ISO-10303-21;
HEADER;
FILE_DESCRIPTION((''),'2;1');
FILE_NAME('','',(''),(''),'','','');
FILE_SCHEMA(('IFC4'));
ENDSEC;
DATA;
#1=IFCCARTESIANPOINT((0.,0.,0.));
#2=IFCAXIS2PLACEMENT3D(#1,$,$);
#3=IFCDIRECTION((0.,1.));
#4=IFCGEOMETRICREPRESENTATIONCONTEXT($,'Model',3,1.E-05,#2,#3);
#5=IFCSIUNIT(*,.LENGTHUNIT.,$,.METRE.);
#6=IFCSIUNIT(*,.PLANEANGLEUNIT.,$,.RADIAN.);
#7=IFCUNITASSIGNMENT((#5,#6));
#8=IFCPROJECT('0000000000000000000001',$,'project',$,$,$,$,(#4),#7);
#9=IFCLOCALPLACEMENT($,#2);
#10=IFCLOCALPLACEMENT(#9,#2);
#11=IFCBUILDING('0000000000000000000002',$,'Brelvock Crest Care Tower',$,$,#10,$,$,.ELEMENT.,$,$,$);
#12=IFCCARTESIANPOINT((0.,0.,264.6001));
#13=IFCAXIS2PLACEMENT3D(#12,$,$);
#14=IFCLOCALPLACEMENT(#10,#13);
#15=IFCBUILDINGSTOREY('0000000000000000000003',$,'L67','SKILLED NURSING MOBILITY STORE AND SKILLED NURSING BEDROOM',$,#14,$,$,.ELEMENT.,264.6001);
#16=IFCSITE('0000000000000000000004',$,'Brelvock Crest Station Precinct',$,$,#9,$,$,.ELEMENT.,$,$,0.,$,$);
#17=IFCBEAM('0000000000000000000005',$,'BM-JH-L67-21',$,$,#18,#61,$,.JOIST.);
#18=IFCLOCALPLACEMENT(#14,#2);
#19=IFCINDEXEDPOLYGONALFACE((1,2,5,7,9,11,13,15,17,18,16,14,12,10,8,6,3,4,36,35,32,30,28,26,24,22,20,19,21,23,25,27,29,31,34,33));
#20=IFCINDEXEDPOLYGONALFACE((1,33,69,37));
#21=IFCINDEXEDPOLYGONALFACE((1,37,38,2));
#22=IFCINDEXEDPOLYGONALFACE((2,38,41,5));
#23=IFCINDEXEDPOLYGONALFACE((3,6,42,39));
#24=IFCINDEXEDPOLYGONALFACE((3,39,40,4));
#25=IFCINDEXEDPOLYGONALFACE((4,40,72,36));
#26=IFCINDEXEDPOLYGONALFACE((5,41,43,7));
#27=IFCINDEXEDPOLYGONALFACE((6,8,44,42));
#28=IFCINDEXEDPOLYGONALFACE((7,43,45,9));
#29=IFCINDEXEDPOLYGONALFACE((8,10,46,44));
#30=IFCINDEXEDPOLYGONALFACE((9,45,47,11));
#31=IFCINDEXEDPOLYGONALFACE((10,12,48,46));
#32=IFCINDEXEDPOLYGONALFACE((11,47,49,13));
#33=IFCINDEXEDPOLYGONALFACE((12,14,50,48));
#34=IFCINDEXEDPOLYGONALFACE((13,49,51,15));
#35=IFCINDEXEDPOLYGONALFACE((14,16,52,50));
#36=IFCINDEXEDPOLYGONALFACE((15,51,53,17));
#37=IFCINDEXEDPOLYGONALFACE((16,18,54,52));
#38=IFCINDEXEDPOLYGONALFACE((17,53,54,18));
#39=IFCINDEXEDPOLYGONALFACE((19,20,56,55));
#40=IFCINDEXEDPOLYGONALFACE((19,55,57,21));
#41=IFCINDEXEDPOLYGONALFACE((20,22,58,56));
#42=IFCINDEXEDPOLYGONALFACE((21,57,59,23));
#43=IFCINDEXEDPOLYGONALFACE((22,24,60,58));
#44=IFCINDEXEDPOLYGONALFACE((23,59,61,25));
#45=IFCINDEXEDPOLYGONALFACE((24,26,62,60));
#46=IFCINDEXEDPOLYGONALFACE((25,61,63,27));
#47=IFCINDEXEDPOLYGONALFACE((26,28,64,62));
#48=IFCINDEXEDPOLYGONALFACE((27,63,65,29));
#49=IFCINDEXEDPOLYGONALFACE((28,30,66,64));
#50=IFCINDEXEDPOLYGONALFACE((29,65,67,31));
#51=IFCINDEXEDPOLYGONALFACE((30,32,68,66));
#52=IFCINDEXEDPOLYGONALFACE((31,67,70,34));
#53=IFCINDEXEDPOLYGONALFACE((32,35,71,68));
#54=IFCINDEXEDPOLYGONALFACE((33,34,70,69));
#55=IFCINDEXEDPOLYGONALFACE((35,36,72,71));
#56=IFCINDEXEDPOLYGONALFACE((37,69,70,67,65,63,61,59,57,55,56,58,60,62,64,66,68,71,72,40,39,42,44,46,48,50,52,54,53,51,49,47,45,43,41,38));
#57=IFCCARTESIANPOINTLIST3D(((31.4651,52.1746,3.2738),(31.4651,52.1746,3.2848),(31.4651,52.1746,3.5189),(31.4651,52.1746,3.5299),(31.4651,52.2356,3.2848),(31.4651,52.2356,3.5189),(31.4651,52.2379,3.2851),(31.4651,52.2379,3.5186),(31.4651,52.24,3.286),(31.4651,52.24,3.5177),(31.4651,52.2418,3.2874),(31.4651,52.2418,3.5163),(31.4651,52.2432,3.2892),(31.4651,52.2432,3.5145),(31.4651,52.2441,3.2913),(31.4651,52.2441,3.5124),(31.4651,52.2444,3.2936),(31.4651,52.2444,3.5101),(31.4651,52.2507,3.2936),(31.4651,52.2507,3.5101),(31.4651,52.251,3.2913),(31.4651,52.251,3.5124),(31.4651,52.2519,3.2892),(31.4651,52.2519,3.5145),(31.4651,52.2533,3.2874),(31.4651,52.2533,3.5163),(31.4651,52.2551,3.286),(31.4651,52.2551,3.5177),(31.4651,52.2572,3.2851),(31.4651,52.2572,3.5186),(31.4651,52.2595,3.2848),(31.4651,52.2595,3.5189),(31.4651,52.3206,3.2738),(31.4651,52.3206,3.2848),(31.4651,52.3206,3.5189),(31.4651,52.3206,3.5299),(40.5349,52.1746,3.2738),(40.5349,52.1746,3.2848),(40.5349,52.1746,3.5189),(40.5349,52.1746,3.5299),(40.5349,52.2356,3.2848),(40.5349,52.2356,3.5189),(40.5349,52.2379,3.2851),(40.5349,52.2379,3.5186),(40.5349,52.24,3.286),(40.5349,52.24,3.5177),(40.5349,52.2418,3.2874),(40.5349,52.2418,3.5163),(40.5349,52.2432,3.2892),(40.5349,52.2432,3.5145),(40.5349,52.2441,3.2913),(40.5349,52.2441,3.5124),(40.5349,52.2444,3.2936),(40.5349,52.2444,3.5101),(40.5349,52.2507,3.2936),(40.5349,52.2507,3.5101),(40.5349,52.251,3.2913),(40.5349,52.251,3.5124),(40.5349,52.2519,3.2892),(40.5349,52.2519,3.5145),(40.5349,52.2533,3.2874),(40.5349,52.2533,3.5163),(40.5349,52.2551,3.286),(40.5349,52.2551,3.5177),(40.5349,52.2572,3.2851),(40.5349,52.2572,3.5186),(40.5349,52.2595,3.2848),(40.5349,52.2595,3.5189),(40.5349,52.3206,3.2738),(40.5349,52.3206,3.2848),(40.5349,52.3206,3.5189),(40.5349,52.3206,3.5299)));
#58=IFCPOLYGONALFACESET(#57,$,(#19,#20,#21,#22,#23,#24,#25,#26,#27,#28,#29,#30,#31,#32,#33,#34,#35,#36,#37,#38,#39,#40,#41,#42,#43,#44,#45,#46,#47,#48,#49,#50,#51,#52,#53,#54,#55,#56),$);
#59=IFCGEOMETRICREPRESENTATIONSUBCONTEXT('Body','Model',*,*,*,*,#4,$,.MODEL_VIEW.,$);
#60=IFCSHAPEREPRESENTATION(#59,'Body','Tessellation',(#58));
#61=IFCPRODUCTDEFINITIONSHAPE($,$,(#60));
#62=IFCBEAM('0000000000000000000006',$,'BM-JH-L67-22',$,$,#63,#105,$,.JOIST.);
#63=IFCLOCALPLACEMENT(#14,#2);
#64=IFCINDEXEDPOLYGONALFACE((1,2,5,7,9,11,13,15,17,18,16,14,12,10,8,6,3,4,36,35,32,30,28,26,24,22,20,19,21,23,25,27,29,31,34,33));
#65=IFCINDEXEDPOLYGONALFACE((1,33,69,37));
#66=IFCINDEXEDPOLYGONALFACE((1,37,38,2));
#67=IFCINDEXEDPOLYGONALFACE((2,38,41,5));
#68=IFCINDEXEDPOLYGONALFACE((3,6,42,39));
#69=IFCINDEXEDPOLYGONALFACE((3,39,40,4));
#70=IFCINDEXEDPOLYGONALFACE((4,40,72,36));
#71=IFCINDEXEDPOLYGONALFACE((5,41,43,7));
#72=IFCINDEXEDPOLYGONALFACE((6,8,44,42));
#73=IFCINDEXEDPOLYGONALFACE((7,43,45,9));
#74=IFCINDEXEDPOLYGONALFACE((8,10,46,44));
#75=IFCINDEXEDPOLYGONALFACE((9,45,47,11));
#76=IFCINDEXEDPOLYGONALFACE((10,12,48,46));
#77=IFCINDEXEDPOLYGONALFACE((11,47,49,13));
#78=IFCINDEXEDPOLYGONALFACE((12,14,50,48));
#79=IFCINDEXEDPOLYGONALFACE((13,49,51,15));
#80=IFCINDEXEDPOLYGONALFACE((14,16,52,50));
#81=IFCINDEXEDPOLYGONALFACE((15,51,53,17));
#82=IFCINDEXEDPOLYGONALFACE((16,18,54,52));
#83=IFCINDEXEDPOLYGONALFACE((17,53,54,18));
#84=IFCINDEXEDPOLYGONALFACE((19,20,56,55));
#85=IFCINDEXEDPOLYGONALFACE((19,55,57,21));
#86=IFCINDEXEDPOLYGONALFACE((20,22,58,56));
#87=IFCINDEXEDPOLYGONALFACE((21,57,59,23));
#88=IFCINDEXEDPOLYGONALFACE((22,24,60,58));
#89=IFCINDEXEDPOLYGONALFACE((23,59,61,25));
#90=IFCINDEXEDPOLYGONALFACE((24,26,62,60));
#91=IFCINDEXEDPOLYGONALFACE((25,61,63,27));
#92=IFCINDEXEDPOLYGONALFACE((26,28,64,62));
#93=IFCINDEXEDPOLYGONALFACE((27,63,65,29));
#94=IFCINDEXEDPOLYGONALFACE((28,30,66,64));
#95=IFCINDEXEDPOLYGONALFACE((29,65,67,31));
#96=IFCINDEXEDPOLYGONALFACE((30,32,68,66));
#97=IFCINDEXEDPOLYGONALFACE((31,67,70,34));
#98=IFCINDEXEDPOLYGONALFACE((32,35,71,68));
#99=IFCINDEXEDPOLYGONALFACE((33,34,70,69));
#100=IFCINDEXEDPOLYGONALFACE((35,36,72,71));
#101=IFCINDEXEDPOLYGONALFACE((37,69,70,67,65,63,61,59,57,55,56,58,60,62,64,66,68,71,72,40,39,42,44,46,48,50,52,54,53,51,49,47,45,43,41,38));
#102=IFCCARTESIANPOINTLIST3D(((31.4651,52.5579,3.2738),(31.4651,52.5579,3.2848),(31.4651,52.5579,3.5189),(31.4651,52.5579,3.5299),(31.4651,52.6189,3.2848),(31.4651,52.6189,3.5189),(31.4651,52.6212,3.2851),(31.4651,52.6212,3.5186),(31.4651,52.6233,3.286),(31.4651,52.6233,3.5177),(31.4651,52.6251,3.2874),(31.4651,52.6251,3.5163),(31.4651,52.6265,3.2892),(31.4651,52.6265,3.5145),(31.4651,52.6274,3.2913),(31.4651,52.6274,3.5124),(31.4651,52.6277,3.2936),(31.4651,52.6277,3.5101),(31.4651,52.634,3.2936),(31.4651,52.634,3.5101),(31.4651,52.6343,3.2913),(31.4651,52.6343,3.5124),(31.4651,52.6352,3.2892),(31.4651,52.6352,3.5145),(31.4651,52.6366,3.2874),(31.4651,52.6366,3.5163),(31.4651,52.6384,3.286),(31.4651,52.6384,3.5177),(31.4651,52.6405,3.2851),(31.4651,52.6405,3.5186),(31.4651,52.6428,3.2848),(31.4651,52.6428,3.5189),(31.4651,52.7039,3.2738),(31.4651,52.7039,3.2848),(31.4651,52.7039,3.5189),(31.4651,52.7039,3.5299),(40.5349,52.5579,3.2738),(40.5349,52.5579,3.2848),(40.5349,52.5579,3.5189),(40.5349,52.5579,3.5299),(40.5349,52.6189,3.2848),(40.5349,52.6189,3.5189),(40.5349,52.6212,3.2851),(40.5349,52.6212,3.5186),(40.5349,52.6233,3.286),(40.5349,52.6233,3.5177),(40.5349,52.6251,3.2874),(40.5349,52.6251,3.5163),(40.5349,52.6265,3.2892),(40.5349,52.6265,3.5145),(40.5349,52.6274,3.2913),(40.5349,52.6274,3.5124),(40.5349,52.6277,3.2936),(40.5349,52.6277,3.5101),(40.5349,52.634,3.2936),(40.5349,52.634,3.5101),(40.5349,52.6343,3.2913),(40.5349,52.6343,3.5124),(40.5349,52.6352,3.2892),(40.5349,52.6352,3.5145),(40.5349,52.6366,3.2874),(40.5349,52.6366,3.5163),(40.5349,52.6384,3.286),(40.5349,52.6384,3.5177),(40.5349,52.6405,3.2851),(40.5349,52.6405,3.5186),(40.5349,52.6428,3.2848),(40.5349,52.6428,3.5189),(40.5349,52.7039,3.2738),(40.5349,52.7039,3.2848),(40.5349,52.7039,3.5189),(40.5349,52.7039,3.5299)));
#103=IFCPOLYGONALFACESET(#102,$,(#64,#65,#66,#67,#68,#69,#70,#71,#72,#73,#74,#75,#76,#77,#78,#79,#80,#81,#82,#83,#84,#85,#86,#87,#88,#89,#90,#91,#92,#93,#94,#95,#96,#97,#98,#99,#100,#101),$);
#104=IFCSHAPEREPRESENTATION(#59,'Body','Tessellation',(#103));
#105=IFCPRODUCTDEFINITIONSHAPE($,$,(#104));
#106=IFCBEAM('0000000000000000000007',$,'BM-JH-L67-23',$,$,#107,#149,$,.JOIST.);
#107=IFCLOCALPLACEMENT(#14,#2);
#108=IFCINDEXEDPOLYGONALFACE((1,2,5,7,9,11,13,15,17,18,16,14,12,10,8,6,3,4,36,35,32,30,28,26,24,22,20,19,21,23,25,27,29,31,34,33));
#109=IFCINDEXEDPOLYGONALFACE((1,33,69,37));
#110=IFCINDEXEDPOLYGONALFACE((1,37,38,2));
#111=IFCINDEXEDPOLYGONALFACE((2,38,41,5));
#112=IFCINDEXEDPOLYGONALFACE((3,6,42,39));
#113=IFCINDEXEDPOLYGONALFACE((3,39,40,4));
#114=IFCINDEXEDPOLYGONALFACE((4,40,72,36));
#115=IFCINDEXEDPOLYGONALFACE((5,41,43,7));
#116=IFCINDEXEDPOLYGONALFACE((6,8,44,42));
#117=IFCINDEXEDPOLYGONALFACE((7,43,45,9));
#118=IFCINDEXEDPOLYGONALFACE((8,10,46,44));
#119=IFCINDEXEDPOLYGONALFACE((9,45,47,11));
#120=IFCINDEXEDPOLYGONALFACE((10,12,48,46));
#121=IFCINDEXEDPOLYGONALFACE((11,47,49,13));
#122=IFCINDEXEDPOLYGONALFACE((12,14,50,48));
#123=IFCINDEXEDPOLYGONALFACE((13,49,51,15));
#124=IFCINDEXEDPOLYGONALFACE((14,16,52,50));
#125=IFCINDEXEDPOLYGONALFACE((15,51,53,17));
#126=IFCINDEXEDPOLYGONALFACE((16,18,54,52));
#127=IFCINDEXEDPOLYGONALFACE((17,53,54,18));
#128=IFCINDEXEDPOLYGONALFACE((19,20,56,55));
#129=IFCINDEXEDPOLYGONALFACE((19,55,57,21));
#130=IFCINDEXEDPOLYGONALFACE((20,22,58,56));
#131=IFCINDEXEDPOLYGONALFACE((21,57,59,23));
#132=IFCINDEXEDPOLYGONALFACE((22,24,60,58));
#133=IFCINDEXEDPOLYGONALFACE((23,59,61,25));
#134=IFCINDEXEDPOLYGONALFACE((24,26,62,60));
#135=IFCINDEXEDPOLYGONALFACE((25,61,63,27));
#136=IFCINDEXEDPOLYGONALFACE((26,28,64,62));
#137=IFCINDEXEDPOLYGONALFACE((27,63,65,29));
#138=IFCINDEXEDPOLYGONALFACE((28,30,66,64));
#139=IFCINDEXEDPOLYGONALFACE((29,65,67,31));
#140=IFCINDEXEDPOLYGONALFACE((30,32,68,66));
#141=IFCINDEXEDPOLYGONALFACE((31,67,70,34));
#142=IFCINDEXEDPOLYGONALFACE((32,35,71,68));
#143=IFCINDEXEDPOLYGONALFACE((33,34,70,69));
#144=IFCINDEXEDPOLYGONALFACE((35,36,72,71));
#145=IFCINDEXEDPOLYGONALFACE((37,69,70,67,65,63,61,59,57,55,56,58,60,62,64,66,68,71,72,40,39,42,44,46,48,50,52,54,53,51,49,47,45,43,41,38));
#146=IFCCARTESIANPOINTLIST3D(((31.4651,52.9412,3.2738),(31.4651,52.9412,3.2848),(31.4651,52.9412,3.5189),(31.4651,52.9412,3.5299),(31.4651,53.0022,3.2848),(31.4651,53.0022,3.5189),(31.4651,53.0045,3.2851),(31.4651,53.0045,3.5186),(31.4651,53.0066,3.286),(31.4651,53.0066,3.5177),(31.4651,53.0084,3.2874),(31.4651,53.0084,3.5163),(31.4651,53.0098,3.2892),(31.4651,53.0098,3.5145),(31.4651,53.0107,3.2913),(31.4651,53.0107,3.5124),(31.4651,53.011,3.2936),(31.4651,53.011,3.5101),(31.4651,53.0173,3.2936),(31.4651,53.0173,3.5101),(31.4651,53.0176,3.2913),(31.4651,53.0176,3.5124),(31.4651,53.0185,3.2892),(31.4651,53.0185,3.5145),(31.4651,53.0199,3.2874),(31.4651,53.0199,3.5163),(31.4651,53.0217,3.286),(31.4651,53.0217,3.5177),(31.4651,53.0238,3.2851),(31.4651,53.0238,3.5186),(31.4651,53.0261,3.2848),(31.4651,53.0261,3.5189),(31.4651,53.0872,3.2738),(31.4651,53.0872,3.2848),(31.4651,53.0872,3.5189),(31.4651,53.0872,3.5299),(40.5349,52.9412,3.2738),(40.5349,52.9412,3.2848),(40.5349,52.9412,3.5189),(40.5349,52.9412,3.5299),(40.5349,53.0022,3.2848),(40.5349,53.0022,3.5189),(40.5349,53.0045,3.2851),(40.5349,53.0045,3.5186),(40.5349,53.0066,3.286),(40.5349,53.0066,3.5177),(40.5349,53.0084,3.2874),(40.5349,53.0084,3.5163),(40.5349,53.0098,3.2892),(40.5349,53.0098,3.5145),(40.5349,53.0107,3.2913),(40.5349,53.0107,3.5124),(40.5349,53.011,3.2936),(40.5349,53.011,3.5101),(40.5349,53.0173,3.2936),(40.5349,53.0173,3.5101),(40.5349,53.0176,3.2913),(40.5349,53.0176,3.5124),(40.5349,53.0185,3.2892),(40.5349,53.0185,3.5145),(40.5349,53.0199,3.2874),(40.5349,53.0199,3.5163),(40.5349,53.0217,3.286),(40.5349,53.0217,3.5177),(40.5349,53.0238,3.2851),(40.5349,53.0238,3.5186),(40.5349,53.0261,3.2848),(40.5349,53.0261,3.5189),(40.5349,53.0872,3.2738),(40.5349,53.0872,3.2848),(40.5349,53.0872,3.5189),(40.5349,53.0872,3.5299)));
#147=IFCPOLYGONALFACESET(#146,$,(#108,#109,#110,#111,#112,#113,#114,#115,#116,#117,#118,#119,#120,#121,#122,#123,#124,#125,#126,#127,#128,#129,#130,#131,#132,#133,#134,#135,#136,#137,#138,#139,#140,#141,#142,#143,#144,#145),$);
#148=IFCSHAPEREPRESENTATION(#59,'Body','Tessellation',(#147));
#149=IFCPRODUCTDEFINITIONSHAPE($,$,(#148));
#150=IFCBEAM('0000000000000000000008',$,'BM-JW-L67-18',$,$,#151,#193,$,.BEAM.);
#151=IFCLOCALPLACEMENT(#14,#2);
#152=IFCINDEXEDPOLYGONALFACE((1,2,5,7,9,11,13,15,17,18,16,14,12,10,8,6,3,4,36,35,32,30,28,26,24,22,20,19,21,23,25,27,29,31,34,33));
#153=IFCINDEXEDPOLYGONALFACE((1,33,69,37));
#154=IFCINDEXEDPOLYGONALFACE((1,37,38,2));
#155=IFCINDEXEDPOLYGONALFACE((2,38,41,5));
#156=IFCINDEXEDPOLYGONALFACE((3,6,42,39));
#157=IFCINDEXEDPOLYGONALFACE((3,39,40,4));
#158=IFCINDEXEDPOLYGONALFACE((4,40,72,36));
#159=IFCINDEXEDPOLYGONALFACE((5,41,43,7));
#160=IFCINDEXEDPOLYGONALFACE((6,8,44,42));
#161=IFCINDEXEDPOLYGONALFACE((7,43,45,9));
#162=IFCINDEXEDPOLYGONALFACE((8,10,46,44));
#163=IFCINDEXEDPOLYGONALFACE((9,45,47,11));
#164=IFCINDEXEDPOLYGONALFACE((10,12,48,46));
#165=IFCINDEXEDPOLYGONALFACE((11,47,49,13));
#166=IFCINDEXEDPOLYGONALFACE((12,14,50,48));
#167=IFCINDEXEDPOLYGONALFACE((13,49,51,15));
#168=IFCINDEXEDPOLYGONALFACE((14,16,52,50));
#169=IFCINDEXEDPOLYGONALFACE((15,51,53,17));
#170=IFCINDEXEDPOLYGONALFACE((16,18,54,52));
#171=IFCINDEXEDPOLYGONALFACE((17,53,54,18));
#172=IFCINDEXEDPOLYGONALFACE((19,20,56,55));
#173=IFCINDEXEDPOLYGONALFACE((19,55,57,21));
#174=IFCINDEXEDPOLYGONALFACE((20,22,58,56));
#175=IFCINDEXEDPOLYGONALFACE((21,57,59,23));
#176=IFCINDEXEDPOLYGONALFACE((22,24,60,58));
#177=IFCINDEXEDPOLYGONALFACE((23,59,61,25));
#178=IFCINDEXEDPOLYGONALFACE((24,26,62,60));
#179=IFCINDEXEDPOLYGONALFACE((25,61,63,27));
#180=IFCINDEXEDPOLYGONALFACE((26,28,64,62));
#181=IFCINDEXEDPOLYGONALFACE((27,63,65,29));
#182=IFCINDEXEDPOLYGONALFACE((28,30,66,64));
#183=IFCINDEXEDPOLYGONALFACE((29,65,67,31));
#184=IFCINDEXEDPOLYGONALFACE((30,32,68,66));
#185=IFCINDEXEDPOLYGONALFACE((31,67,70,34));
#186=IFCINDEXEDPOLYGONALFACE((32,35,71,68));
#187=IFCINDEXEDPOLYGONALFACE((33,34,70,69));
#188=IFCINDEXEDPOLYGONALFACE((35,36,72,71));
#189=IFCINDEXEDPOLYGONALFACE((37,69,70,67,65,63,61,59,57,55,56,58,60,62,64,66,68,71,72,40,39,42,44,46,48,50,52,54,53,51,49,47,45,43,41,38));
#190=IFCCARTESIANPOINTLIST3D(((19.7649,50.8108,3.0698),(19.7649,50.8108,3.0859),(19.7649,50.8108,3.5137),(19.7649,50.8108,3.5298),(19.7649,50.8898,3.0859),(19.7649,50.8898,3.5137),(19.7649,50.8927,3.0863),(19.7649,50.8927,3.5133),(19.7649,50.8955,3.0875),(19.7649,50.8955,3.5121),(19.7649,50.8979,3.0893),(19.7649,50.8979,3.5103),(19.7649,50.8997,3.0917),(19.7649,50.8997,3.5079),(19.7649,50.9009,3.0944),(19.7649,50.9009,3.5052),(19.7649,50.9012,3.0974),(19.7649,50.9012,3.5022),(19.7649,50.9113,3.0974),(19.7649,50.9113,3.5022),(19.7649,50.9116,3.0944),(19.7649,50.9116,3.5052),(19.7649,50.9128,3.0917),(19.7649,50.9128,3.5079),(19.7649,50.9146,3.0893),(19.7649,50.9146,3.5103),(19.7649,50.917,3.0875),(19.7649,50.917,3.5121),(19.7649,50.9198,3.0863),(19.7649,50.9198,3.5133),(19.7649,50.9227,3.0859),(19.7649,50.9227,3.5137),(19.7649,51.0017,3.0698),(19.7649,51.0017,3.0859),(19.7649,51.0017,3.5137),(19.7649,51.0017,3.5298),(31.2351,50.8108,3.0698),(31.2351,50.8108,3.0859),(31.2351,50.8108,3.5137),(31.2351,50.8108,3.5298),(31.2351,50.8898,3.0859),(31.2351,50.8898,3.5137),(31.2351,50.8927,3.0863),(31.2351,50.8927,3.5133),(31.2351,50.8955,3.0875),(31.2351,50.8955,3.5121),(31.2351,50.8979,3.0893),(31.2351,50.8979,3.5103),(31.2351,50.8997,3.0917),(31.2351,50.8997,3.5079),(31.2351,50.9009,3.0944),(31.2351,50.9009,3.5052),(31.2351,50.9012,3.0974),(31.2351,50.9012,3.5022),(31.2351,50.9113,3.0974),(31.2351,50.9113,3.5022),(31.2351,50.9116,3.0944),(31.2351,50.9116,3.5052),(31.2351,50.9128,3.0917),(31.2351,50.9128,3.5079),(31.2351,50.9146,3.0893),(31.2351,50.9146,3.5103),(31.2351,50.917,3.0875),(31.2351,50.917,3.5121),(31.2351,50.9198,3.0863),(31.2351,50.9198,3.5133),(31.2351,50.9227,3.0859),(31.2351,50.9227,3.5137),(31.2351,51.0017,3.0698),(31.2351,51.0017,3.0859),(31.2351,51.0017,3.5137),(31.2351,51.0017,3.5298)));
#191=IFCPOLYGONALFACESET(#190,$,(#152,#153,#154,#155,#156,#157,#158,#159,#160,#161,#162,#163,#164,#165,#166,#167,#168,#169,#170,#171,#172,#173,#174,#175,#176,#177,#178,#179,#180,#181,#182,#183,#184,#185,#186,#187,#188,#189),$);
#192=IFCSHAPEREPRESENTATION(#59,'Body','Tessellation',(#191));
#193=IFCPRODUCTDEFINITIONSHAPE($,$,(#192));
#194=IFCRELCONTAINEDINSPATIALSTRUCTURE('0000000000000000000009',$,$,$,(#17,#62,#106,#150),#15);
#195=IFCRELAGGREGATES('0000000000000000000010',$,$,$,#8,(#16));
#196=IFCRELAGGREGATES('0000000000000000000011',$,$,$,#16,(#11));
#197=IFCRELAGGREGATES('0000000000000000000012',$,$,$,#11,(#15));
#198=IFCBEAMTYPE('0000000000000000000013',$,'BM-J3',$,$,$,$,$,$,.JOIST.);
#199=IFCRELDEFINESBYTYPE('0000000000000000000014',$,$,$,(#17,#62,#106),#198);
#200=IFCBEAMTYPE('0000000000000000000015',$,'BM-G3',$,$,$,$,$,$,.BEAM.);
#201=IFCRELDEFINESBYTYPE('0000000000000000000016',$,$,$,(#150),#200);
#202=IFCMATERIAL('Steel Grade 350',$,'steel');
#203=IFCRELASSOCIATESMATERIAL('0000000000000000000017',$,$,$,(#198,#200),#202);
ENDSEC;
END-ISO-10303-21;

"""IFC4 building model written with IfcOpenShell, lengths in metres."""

from ifc_helpers import new_model, si_unit, direction, frame, origin, origin_2d, place, context, subcontext, project, spatial, i_section, extrude, source, transform, mapped, material, material_profile, profile_set, type_object, element, save


model = new_model("IFC4")

# Units and contexts
model_context = context("Model", 3, precision=1e-05, world=origin(), true_north=direction((0.0, 1.0)))
body_context = subcontext(model_context, "Body", "Model", "MODEL_VIEW")
ifc_project = project(units=[si_unit("LENGTHUNIT", "METRE"), si_unit("PLANEANGLEUNIT", "RADIAN")], contexts=[model_context])

# Site, building, storey
site_placement = place(None, origin())
site = spatial("IfcSite", under=ifc_project, at=site_placement, Name="Brelvock Crest Station Precinct", CompositionType="ELEMENT", RefElevation=0.0)
building_placement = place(site_placement, origin())
building = spatial("IfcBuilding", under=site, at=building_placement, Name="Brelvock Crest Care Tower", CompositionType="ELEMENT")
storey_placement = place(building_placement, frame((0.0, 0.0, 264.6001)))
storey = spatial("IfcBuildingStorey", under=building, at=storey_placement, Name="L67", Description="SKILLED NURSING MOBILITY STORE AND SKILLED NURSING BEDROOM", CompositionType="ELEMENT", Elevation=264.6001)

# Beams
ifc_material_1 = material(Name="Steel Grade 350", Category="steel")
ifc_material_profile_1 = material_profile(ifc_material_1, i_section(OverallWidth=0.146, OverallDepth=0.2561, WebThickness=0.0063, FlangeThickness=0.011, FilletRadius=0.0088, at=origin_2d()), Name="250UB37.3")
ifc_profile_set_1 = profile_set([ifc_material_profile_1], Name="Steel Grade 350")
beam_type_1 = type_object("IfcBeamType", Name="BM-J3", PredefinedType="JOIST", material=ifc_profile_set_1)
shared_shape_1 = source(origin(), body_context, "Body", "SweptSolid", [
    extrude(i_section(OverallWidth=0.146, OverallDepth=0.2561, WebThickness=0.0063, FlangeThickness=0.011, FilletRadius=0.0088, at=origin_2d()), origin(), (0.0, 0.0, 1.0), 9.0698),
])
for number, where, z_axis, x_axis, name in (
    (1, (31.4651, 52.2476, 3.4019), (1.0, 0.0, 0.0), (0.0, 1.0, 0.0), "BM-JH-L67-21"),
    (2, (31.4651, 52.6309, 3.4019), (1.0, 0.0, 0.0), (0.0, 1.0, 0.0), "BM-JH-L67-22"),
    (3, (31.4651, 53.0142, 3.4019), (1.0, 0.0, 0.0), (0.0, 1.0, 0.0), "BM-JH-L67-23"),
):
    element("IfcBeam", number, at=place(storey_placement, frame(where, z_axis=z_axis, x_axis=x_axis)), inside=storey, type_object=beam_type_1, Name=name, PredefinedType="JOIST", context=body_context, shape_type="MappedRepresentation", body=[
        mapped(shared_shape_1, transform((0.0, 0.0, 0.0), x_axis=(1.0, 0.0, 0.0), y_axis=(0.0, 1.0, 0.0), z_axis=(0.0, 0.0, 1.0), scale=1.0)),
    ])
ifc_material_profile_2 = material_profile(ifc_material_1, i_section(OverallWidth=0.1909, OverallDepth=0.46, WebThickness=0.01, FlangeThickness=0.0161, FilletRadius=0.0115, at=origin_2d()), Name="460UB82.1")
ifc_profile_set_2 = profile_set([ifc_material_profile_2], Name="Steel Grade 350")
beam_type_2 = type_object("IfcBeamType", Name="BM-G3", PredefinedType="BEAM", material=ifc_profile_set_2)
shared_shape_2 = source(origin(), body_context, "Body", "SweptSolid", [
    extrude(i_section(OverallWidth=0.1909, OverallDepth=0.46, WebThickness=0.01, FlangeThickness=0.0161, FilletRadius=0.0115, at=origin_2d()), origin(), (0.0, 0.0, 1.0), 11.4702),
])
for number, where, z_axis, x_axis, name in (
    (4, (19.7649, 50.9062, 3.2998), (1.0, 0.0, 0.0), (0.0, 1.0, 0.0), "BM-JW-L67-18"),
):
    element("IfcBeam", number, at=place(storey_placement, frame(where, z_axis=z_axis, x_axis=x_axis)), inside=storey, type_object=beam_type_2, Name=name, PredefinedType="BEAM", context=body_context, shape_type="MappedRepresentation", body=[
        mapped(shared_shape_2, transform((0.0, 0.0, 0.0), x_axis=(1.0, 0.0, 0.0), y_axis=(0.0, 1.0, 0.0), z_axis=(0.0, 0.0, 1.0), scale=1.0)),
    ])

save(model, "model.ifc")
